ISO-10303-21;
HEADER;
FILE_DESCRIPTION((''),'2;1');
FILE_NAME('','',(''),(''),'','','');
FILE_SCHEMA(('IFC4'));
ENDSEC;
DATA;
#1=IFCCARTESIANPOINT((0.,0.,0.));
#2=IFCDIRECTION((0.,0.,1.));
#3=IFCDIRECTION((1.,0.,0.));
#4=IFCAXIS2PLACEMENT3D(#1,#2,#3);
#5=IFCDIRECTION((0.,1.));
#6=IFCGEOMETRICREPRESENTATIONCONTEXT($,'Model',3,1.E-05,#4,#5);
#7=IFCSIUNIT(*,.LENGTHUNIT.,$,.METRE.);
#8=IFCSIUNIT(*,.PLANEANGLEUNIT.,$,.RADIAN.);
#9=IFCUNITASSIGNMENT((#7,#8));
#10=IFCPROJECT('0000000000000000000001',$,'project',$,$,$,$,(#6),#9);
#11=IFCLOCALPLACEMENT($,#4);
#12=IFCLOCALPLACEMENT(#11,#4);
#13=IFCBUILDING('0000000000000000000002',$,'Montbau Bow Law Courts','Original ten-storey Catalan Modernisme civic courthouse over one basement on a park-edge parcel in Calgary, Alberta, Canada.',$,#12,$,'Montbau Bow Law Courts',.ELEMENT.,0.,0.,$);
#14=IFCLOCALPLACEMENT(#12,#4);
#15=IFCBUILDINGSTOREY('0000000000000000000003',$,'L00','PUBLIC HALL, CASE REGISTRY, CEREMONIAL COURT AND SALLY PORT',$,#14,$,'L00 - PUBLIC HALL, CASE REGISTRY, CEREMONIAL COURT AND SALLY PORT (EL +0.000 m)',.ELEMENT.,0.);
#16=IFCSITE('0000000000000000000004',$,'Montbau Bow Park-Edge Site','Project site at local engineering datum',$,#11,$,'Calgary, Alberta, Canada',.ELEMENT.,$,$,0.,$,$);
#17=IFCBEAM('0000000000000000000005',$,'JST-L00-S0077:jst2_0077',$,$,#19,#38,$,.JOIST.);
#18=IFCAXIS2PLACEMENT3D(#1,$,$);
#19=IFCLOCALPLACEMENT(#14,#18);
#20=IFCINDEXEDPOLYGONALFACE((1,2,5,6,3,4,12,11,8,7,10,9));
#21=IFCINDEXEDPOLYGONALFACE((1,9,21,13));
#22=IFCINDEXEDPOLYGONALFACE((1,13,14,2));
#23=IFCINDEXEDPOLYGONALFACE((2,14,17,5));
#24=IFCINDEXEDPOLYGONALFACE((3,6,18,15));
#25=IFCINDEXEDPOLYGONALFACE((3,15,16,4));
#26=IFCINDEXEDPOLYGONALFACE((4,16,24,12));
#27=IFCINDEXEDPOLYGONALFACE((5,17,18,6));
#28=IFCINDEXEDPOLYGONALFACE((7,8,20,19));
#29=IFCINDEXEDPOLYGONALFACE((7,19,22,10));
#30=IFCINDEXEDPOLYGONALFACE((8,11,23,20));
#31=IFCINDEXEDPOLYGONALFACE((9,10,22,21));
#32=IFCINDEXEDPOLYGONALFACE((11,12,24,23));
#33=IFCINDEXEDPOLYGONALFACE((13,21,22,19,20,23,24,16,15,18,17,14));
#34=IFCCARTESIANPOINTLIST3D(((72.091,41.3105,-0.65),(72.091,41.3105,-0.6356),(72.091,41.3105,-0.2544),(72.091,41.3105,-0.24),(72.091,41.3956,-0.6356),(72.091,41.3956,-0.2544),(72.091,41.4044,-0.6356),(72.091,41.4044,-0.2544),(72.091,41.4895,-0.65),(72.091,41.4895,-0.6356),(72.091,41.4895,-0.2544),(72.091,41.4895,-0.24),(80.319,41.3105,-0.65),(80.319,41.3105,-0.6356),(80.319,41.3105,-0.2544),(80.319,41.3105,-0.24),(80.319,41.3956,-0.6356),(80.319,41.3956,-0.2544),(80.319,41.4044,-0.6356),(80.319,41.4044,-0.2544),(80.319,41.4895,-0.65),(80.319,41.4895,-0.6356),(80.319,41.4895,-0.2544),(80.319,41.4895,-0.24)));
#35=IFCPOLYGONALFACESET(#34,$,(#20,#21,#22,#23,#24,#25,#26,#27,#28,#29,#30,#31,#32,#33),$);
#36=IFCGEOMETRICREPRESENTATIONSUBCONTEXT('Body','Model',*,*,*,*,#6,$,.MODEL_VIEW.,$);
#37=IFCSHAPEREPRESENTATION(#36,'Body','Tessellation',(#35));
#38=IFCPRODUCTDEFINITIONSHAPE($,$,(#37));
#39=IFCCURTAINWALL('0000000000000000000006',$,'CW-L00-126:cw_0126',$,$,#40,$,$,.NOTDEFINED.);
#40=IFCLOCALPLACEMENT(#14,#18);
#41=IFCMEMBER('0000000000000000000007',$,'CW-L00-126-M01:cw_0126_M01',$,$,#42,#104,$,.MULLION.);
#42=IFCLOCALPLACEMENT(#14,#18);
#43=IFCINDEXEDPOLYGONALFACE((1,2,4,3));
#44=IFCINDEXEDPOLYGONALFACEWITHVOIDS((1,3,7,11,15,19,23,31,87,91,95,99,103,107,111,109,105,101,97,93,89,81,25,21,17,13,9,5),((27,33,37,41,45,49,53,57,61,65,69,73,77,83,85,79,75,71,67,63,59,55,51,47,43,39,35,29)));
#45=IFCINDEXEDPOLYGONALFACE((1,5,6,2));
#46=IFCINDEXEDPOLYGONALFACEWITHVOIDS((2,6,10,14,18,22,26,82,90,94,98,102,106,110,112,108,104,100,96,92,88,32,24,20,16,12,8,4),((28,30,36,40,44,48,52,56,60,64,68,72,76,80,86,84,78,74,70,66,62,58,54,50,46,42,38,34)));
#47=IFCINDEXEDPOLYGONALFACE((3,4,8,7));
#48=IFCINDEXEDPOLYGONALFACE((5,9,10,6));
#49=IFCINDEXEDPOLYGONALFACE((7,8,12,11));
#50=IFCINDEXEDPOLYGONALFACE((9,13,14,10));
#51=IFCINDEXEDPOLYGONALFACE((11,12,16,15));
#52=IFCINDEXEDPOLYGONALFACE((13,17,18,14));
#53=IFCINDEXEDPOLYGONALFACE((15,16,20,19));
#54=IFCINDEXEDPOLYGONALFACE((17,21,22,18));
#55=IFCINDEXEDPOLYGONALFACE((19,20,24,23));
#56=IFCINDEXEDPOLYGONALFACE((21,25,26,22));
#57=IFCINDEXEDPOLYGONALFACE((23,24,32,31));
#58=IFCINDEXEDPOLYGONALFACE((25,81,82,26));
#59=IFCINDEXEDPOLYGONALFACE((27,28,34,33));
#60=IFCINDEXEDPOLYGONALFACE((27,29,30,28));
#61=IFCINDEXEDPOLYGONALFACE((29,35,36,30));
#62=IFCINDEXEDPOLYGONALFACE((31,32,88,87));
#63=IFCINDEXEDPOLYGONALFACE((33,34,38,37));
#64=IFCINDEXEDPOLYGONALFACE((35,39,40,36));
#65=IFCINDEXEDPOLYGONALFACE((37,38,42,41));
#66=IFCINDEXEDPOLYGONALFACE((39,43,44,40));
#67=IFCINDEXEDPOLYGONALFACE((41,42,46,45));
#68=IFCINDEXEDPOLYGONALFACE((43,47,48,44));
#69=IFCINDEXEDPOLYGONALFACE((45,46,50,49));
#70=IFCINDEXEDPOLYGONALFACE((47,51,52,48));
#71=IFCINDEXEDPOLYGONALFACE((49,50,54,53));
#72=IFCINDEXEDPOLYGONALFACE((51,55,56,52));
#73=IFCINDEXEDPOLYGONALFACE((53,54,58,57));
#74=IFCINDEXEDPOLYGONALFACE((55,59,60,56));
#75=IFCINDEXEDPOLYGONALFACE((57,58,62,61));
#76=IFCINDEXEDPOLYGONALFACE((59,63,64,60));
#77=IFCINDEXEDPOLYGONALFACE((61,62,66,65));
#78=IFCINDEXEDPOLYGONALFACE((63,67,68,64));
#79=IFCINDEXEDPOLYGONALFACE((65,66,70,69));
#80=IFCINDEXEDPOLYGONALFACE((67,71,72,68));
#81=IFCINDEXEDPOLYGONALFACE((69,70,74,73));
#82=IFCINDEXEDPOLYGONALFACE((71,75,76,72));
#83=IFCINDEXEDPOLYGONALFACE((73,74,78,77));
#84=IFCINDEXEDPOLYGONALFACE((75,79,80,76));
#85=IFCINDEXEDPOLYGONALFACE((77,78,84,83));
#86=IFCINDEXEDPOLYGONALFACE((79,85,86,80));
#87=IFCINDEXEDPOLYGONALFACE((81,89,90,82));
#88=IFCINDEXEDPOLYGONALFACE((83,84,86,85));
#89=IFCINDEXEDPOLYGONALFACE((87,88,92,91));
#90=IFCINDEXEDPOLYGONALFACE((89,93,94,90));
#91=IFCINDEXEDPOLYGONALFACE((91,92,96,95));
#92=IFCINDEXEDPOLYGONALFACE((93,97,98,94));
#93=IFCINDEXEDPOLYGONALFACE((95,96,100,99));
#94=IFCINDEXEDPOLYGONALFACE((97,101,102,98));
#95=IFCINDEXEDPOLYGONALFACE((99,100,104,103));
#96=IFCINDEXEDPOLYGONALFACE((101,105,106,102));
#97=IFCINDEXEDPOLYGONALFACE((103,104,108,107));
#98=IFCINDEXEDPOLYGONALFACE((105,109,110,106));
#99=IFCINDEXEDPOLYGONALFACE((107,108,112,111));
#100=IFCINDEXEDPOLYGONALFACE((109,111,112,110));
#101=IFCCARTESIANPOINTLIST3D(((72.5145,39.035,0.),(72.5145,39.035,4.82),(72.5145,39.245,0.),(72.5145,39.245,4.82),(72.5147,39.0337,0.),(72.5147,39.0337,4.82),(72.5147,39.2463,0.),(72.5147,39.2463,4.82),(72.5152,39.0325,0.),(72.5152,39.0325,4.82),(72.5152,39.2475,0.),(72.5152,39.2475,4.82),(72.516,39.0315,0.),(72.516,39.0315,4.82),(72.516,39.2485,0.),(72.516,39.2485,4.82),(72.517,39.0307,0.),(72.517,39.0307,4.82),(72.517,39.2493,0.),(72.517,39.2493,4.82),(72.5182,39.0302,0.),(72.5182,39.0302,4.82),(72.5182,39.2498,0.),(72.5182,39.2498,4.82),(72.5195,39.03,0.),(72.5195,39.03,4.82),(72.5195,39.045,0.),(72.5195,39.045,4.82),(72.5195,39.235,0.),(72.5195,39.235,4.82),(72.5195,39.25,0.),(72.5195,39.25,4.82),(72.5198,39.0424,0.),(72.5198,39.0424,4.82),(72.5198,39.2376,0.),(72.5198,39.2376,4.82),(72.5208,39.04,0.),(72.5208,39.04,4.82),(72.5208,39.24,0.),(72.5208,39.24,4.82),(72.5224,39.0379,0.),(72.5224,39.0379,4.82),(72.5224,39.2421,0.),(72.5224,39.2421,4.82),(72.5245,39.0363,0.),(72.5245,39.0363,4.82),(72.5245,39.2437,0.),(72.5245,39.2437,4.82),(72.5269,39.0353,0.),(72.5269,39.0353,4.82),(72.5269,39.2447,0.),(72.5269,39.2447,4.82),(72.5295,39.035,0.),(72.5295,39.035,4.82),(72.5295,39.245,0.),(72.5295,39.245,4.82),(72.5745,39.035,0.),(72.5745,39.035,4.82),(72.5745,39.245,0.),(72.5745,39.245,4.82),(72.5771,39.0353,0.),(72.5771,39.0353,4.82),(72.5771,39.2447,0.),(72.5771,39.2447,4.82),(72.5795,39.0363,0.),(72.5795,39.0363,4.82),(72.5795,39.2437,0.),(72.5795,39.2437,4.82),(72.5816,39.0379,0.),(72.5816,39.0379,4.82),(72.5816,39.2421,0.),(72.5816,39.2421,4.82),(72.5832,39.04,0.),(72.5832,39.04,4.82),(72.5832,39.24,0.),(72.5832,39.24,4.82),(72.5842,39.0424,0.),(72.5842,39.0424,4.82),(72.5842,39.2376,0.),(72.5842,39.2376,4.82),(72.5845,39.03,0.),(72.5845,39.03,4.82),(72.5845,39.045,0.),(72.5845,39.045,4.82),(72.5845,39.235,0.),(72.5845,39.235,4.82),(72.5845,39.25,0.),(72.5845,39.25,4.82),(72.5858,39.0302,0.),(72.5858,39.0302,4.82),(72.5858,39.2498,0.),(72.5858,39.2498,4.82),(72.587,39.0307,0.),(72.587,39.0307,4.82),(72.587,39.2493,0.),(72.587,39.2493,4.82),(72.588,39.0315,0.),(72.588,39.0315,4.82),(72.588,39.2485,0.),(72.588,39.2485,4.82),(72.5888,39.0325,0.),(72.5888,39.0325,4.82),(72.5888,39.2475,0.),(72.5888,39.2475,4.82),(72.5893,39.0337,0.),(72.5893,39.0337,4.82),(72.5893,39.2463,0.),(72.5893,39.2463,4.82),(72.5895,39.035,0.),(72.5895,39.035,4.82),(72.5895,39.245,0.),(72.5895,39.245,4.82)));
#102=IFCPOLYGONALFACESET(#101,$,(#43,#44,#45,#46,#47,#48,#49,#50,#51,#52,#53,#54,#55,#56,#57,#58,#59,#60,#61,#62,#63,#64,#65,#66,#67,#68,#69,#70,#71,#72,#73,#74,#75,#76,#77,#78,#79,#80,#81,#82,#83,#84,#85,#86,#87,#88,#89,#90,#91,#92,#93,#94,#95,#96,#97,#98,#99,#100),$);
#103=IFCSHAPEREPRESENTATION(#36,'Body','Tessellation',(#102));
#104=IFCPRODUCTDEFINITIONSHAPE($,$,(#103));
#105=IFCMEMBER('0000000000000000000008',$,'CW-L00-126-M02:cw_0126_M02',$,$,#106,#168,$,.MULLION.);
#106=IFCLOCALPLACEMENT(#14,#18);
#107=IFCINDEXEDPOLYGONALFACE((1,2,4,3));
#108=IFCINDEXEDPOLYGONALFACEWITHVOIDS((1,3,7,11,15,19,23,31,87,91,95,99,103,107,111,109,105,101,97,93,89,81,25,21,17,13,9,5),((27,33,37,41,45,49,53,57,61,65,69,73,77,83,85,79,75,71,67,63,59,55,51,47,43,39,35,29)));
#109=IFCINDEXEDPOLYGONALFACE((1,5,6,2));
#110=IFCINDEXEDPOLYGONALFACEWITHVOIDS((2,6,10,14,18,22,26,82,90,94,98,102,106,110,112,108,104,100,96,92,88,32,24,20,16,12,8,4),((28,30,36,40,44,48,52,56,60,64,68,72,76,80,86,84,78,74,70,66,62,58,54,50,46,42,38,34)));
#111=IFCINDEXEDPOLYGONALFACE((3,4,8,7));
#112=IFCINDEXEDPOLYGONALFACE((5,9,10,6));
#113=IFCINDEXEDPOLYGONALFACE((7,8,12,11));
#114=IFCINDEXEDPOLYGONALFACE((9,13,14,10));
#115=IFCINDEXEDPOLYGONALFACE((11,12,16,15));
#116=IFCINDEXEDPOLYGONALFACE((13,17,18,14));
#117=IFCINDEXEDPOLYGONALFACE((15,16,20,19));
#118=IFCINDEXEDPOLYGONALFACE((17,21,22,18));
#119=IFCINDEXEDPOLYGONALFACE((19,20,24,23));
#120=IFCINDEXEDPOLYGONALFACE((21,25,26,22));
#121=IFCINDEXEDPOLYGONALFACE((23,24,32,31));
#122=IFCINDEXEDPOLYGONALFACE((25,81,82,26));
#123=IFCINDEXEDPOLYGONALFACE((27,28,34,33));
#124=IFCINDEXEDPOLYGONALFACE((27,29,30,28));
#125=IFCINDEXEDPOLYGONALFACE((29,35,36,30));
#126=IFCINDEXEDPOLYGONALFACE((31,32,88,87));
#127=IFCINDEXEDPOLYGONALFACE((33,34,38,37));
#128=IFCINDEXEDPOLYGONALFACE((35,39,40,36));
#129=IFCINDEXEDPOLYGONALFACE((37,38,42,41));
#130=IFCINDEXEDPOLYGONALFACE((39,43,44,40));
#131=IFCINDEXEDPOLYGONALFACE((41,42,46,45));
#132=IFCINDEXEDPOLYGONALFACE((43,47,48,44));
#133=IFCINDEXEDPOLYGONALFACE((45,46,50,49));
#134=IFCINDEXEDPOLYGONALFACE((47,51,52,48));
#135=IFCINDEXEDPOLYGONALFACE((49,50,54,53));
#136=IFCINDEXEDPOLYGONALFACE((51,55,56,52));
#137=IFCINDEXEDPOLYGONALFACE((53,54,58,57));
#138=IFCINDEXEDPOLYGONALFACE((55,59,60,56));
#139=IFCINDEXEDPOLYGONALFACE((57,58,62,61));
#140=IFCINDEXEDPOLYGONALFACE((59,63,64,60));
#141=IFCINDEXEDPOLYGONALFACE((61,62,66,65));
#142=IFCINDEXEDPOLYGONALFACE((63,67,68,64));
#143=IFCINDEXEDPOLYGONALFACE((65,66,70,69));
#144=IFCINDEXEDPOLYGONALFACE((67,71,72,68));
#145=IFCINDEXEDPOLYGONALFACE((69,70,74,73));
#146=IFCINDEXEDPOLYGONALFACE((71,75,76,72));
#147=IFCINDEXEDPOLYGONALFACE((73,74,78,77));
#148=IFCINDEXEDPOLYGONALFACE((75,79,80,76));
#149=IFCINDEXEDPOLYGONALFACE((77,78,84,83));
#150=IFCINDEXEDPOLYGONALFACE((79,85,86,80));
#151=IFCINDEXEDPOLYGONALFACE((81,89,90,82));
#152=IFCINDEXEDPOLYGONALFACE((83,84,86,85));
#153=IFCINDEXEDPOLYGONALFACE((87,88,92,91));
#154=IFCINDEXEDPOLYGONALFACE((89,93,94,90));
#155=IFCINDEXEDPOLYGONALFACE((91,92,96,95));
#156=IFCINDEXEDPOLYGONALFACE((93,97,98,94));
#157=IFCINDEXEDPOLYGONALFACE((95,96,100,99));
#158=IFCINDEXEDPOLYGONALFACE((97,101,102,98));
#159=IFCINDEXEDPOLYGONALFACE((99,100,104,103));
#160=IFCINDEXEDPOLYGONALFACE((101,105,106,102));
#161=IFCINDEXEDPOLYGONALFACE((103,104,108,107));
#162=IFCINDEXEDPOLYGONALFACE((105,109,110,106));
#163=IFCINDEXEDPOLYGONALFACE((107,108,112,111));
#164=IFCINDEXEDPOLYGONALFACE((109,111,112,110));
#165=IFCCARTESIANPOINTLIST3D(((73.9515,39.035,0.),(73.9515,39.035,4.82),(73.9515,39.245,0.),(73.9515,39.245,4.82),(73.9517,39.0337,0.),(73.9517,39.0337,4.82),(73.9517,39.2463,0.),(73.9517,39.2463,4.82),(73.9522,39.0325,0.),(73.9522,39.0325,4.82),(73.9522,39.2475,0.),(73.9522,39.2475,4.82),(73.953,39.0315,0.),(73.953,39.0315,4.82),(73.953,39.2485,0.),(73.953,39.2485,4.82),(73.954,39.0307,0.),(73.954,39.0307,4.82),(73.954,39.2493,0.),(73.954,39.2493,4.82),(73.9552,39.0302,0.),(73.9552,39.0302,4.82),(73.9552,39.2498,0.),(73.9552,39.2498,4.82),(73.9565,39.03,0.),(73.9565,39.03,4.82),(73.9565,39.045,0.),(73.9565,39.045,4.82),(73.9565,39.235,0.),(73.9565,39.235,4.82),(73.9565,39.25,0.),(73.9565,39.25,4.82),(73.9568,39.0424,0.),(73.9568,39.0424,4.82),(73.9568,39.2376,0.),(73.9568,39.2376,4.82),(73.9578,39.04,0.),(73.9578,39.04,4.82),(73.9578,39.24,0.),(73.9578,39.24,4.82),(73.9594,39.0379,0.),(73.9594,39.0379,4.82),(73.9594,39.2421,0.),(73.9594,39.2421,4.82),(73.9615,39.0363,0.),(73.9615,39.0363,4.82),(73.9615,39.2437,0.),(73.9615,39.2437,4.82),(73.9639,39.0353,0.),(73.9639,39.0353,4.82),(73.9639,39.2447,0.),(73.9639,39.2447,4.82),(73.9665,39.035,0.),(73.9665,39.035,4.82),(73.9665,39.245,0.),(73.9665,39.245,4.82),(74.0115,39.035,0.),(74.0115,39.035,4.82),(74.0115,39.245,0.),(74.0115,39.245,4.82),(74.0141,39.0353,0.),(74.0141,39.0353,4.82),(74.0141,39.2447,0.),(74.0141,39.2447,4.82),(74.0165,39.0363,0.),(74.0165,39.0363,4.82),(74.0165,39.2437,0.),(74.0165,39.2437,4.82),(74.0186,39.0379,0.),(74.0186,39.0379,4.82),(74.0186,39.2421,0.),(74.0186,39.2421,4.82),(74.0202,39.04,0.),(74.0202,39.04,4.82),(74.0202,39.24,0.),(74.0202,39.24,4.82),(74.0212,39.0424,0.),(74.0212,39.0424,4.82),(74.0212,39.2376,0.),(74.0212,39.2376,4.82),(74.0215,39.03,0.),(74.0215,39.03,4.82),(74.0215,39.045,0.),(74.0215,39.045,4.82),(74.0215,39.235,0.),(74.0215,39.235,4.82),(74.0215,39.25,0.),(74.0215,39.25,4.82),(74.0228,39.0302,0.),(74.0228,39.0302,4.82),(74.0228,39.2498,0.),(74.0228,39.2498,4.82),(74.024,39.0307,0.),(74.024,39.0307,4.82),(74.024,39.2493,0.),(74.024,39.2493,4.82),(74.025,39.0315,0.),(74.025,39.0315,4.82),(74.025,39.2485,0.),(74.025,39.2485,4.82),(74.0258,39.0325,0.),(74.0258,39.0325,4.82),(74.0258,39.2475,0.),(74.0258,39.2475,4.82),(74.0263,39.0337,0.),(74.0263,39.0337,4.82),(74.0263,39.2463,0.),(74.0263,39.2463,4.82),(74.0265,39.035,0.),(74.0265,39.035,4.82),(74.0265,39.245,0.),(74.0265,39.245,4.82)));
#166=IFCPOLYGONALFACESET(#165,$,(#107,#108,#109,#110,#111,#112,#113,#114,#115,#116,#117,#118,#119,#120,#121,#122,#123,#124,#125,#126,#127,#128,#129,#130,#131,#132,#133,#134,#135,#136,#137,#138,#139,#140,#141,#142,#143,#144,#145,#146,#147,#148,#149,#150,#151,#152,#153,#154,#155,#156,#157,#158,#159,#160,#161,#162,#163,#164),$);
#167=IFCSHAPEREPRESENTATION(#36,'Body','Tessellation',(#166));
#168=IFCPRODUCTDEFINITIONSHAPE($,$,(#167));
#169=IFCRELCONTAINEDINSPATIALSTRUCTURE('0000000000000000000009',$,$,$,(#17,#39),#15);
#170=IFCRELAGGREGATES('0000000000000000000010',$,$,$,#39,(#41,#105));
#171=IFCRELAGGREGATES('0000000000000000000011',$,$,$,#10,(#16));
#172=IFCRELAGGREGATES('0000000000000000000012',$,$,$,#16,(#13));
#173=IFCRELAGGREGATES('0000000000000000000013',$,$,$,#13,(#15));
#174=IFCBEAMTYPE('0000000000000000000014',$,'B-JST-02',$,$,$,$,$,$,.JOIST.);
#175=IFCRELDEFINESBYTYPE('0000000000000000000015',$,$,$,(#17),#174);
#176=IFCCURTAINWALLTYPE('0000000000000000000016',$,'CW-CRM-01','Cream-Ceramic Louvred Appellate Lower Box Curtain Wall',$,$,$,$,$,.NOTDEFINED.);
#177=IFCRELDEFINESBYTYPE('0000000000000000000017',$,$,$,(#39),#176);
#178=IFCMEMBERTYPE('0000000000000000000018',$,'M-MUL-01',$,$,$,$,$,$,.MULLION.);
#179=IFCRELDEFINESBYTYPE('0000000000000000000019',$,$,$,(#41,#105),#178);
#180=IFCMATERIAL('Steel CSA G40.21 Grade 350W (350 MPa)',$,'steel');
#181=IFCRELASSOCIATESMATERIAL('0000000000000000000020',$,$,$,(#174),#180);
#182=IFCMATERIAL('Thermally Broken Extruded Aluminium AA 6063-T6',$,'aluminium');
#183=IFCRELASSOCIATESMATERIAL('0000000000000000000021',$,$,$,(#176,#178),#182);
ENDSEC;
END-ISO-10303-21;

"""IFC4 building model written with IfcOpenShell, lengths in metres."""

from ifc_helpers import new_model, si_unit, direction, frame, origin_with_axes, origin_2d_with_axis, place, context, subcontext, project, spatial, hollow_rectangle, i_section, extrude, material, material_profile, profile_set, type_object, element, aggregate, save


model = new_model("IFC4")

# Units and contexts
model_context = context("Model", 3, precision=1e-05, world=origin_with_axes(), true_north=direction((0.0, 1.0)))
body_context = subcontext(model_context, "Body", "Model", "MODEL_VIEW")
ifc_project = project(units=[si_unit("LENGTHUNIT", "METRE"), si_unit("PLANEANGLEUNIT", "RADIAN")], contexts=[model_context])

# Site, building, storey
site_placement = place(None, origin_with_axes())
site = spatial("IfcSite", under=ifc_project, at=site_placement, Name="Montbau Bow Park-Edge Site", Description="Project site at local engineering datum", LongName="Calgary, Alberta, Canada", CompositionType="ELEMENT", RefElevation=0.0)
building_placement = place(site_placement, origin_with_axes())
building = spatial("IfcBuilding", under=site, at=building_placement, Name="Montbau Bow Law Courts", Description="Original ten-storey Catalan Modernisme civic courthouse over one basement on a park-edge parcel in Calgary, Alberta, Canada.", LongName="Montbau Bow Law Courts", CompositionType="ELEMENT", ElevationOfRefHeight=0.0, ElevationOfTerrain=0.0)
storey_placement = place(building_placement, origin_with_axes())
storey = spatial("IfcBuildingStorey", under=building, at=storey_placement, Name="L00", Description="PUBLIC HALL, CASE REGISTRY, CEREMONIAL COURT AND SALLY PORT", LongName="L00 - PUBLIC HALL, CASE REGISTRY, CEREMONIAL COURT AND SALLY PORT (EL +0.000 m)", CompositionType="ELEMENT", Elevation=0.0)

# Beam
ifc_material_1 = material(Name="Steel CSA G40.21 Grade 350W (350 MPa)", Category="steel")
ifc_material_profile_1 = material_profile(ifc_material_1, i_section(OverallWidth=0.179, OverallDepth=0.41, WebThickness=0.0088, FlangeThickness=0.0144, at=origin_2d_with_axis()), Name="W410X67", Category="Main", Priority=0)
ifc_profile_set_1 = profile_set([ifc_material_profile_1], Name="Steel CSA G40.21 Grade 350W (350 MPa)")
beam_type = type_object("IfcBeamType", Name="B-JST-02", PredefinedType="JOIST", material=ifc_profile_set_1)
beam_placement = place(None, frame((72.091, 41.4, -0.445), z_axis=(1.0, 0.0, 0.0), x_axis=(0.0, 1.0, 0.0)))
element("IfcBeam", 1, at=beam_placement, inside=storey, type_object=beam_type, Name="JST-L00-S0077:jst2_0077", PredefinedType="JOIST", context=body_context, shape_type="SweptSolid", body=[
    extrude(i_section(OverallWidth=0.179, OverallDepth=0.41, WebThickness=0.0088, FlangeThickness=0.0144, at=origin_2d_with_axis()), origin_with_axes(), (0.0, 0.0, 1.0), 8.228),
])

# Curtain wall, members
ifc_material_2 = material(Name="Thermally Broken Extruded Aluminium AA 6063-T6", Category="aluminium")
curtain_wall_type = type_object("IfcCurtainWallType", Name="CW-CRM-01", Description="Cream-Ceramic Louvred Appellate Lower Box Curtain Wall", PredefinedType="NOTDEFINED", material=ifc_material_2)
curtain_wall_1_placement = place(None, frame((72.515, 39.14, 0.0), z_axis=(0.0, 0.0, 1.0), x_axis=(1.0, 0.0, 0.0)))
curtain_wall_1 = element("IfcCurtainWall", 2, at=curtain_wall_1_placement, inside=storey, type_object=curtain_wall_type, Name="CW-L00-126:cw_0126", PredefinedType="NOTDEFINED")
ifc_material_profile_2 = material_profile(ifc_material_2, hollow_rectangle(XDim=0.075, YDim=0.22, WallThickness=0.005, InnerFilletRadius=0.01, OuterFilletRadius=0.005, at=origin_2d_with_axis()), Name="CWM-220X75", Category="Main", Priority=0)
ifc_profile_set_2 = profile_set([ifc_material_profile_2], Name="Thermally Broken Extruded Aluminium AA 6063-T6")
member_type_1 = type_object("IfcMemberType", Name="M-MUL-01", PredefinedType="MULLION", material=ifc_profile_set_2)
member_1_placement = place(None, frame((72.552, 39.14, 0.0), z_axis=(0.0, 0.0, 1.0), x_axis=(1.0, 0.0, 0.0)))
member_1 = element("IfcMember", 3, at=member_1_placement, type_object=member_type_1, Name="CW-L00-126-M01:cw_0126_M01", PredefinedType="MULLION", context=body_context, shape_type="SweptSolid", body=[
    extrude(hollow_rectangle(XDim=0.075, YDim=0.22, WallThickness=0.005, InnerFilletRadius=0.01, OuterFilletRadius=0.005, at=origin_2d_with_axis()), origin_with_axes(), (0.0, 0.0, 1.0), 4.82),
])
member_2_placement = place(None, frame((73.989, 39.14, 0.0), z_axis=(0.0, 0.0, 1.0), x_axis=(1.0, 0.0, 0.0)))
member_2 = element("IfcMember", 4, at=member_2_placement, type_object=member_type_1, Name="CW-L00-126-M02:cw_0126_M02", PredefinedType="MULLION", context=body_context, shape_type="SweptSolid", body=[
    extrude(hollow_rectangle(XDim=0.075, YDim=0.22, WallThickness=0.005, InnerFilletRadius=0.01, OuterFilletRadius=0.005, at=origin_2d_with_axis()), origin_with_axes(), (0.0, 0.0, 1.0), 4.82),
])

aggregate(curtain_wall_1, [member_1, member_2])

save(model, "model.ifc")
